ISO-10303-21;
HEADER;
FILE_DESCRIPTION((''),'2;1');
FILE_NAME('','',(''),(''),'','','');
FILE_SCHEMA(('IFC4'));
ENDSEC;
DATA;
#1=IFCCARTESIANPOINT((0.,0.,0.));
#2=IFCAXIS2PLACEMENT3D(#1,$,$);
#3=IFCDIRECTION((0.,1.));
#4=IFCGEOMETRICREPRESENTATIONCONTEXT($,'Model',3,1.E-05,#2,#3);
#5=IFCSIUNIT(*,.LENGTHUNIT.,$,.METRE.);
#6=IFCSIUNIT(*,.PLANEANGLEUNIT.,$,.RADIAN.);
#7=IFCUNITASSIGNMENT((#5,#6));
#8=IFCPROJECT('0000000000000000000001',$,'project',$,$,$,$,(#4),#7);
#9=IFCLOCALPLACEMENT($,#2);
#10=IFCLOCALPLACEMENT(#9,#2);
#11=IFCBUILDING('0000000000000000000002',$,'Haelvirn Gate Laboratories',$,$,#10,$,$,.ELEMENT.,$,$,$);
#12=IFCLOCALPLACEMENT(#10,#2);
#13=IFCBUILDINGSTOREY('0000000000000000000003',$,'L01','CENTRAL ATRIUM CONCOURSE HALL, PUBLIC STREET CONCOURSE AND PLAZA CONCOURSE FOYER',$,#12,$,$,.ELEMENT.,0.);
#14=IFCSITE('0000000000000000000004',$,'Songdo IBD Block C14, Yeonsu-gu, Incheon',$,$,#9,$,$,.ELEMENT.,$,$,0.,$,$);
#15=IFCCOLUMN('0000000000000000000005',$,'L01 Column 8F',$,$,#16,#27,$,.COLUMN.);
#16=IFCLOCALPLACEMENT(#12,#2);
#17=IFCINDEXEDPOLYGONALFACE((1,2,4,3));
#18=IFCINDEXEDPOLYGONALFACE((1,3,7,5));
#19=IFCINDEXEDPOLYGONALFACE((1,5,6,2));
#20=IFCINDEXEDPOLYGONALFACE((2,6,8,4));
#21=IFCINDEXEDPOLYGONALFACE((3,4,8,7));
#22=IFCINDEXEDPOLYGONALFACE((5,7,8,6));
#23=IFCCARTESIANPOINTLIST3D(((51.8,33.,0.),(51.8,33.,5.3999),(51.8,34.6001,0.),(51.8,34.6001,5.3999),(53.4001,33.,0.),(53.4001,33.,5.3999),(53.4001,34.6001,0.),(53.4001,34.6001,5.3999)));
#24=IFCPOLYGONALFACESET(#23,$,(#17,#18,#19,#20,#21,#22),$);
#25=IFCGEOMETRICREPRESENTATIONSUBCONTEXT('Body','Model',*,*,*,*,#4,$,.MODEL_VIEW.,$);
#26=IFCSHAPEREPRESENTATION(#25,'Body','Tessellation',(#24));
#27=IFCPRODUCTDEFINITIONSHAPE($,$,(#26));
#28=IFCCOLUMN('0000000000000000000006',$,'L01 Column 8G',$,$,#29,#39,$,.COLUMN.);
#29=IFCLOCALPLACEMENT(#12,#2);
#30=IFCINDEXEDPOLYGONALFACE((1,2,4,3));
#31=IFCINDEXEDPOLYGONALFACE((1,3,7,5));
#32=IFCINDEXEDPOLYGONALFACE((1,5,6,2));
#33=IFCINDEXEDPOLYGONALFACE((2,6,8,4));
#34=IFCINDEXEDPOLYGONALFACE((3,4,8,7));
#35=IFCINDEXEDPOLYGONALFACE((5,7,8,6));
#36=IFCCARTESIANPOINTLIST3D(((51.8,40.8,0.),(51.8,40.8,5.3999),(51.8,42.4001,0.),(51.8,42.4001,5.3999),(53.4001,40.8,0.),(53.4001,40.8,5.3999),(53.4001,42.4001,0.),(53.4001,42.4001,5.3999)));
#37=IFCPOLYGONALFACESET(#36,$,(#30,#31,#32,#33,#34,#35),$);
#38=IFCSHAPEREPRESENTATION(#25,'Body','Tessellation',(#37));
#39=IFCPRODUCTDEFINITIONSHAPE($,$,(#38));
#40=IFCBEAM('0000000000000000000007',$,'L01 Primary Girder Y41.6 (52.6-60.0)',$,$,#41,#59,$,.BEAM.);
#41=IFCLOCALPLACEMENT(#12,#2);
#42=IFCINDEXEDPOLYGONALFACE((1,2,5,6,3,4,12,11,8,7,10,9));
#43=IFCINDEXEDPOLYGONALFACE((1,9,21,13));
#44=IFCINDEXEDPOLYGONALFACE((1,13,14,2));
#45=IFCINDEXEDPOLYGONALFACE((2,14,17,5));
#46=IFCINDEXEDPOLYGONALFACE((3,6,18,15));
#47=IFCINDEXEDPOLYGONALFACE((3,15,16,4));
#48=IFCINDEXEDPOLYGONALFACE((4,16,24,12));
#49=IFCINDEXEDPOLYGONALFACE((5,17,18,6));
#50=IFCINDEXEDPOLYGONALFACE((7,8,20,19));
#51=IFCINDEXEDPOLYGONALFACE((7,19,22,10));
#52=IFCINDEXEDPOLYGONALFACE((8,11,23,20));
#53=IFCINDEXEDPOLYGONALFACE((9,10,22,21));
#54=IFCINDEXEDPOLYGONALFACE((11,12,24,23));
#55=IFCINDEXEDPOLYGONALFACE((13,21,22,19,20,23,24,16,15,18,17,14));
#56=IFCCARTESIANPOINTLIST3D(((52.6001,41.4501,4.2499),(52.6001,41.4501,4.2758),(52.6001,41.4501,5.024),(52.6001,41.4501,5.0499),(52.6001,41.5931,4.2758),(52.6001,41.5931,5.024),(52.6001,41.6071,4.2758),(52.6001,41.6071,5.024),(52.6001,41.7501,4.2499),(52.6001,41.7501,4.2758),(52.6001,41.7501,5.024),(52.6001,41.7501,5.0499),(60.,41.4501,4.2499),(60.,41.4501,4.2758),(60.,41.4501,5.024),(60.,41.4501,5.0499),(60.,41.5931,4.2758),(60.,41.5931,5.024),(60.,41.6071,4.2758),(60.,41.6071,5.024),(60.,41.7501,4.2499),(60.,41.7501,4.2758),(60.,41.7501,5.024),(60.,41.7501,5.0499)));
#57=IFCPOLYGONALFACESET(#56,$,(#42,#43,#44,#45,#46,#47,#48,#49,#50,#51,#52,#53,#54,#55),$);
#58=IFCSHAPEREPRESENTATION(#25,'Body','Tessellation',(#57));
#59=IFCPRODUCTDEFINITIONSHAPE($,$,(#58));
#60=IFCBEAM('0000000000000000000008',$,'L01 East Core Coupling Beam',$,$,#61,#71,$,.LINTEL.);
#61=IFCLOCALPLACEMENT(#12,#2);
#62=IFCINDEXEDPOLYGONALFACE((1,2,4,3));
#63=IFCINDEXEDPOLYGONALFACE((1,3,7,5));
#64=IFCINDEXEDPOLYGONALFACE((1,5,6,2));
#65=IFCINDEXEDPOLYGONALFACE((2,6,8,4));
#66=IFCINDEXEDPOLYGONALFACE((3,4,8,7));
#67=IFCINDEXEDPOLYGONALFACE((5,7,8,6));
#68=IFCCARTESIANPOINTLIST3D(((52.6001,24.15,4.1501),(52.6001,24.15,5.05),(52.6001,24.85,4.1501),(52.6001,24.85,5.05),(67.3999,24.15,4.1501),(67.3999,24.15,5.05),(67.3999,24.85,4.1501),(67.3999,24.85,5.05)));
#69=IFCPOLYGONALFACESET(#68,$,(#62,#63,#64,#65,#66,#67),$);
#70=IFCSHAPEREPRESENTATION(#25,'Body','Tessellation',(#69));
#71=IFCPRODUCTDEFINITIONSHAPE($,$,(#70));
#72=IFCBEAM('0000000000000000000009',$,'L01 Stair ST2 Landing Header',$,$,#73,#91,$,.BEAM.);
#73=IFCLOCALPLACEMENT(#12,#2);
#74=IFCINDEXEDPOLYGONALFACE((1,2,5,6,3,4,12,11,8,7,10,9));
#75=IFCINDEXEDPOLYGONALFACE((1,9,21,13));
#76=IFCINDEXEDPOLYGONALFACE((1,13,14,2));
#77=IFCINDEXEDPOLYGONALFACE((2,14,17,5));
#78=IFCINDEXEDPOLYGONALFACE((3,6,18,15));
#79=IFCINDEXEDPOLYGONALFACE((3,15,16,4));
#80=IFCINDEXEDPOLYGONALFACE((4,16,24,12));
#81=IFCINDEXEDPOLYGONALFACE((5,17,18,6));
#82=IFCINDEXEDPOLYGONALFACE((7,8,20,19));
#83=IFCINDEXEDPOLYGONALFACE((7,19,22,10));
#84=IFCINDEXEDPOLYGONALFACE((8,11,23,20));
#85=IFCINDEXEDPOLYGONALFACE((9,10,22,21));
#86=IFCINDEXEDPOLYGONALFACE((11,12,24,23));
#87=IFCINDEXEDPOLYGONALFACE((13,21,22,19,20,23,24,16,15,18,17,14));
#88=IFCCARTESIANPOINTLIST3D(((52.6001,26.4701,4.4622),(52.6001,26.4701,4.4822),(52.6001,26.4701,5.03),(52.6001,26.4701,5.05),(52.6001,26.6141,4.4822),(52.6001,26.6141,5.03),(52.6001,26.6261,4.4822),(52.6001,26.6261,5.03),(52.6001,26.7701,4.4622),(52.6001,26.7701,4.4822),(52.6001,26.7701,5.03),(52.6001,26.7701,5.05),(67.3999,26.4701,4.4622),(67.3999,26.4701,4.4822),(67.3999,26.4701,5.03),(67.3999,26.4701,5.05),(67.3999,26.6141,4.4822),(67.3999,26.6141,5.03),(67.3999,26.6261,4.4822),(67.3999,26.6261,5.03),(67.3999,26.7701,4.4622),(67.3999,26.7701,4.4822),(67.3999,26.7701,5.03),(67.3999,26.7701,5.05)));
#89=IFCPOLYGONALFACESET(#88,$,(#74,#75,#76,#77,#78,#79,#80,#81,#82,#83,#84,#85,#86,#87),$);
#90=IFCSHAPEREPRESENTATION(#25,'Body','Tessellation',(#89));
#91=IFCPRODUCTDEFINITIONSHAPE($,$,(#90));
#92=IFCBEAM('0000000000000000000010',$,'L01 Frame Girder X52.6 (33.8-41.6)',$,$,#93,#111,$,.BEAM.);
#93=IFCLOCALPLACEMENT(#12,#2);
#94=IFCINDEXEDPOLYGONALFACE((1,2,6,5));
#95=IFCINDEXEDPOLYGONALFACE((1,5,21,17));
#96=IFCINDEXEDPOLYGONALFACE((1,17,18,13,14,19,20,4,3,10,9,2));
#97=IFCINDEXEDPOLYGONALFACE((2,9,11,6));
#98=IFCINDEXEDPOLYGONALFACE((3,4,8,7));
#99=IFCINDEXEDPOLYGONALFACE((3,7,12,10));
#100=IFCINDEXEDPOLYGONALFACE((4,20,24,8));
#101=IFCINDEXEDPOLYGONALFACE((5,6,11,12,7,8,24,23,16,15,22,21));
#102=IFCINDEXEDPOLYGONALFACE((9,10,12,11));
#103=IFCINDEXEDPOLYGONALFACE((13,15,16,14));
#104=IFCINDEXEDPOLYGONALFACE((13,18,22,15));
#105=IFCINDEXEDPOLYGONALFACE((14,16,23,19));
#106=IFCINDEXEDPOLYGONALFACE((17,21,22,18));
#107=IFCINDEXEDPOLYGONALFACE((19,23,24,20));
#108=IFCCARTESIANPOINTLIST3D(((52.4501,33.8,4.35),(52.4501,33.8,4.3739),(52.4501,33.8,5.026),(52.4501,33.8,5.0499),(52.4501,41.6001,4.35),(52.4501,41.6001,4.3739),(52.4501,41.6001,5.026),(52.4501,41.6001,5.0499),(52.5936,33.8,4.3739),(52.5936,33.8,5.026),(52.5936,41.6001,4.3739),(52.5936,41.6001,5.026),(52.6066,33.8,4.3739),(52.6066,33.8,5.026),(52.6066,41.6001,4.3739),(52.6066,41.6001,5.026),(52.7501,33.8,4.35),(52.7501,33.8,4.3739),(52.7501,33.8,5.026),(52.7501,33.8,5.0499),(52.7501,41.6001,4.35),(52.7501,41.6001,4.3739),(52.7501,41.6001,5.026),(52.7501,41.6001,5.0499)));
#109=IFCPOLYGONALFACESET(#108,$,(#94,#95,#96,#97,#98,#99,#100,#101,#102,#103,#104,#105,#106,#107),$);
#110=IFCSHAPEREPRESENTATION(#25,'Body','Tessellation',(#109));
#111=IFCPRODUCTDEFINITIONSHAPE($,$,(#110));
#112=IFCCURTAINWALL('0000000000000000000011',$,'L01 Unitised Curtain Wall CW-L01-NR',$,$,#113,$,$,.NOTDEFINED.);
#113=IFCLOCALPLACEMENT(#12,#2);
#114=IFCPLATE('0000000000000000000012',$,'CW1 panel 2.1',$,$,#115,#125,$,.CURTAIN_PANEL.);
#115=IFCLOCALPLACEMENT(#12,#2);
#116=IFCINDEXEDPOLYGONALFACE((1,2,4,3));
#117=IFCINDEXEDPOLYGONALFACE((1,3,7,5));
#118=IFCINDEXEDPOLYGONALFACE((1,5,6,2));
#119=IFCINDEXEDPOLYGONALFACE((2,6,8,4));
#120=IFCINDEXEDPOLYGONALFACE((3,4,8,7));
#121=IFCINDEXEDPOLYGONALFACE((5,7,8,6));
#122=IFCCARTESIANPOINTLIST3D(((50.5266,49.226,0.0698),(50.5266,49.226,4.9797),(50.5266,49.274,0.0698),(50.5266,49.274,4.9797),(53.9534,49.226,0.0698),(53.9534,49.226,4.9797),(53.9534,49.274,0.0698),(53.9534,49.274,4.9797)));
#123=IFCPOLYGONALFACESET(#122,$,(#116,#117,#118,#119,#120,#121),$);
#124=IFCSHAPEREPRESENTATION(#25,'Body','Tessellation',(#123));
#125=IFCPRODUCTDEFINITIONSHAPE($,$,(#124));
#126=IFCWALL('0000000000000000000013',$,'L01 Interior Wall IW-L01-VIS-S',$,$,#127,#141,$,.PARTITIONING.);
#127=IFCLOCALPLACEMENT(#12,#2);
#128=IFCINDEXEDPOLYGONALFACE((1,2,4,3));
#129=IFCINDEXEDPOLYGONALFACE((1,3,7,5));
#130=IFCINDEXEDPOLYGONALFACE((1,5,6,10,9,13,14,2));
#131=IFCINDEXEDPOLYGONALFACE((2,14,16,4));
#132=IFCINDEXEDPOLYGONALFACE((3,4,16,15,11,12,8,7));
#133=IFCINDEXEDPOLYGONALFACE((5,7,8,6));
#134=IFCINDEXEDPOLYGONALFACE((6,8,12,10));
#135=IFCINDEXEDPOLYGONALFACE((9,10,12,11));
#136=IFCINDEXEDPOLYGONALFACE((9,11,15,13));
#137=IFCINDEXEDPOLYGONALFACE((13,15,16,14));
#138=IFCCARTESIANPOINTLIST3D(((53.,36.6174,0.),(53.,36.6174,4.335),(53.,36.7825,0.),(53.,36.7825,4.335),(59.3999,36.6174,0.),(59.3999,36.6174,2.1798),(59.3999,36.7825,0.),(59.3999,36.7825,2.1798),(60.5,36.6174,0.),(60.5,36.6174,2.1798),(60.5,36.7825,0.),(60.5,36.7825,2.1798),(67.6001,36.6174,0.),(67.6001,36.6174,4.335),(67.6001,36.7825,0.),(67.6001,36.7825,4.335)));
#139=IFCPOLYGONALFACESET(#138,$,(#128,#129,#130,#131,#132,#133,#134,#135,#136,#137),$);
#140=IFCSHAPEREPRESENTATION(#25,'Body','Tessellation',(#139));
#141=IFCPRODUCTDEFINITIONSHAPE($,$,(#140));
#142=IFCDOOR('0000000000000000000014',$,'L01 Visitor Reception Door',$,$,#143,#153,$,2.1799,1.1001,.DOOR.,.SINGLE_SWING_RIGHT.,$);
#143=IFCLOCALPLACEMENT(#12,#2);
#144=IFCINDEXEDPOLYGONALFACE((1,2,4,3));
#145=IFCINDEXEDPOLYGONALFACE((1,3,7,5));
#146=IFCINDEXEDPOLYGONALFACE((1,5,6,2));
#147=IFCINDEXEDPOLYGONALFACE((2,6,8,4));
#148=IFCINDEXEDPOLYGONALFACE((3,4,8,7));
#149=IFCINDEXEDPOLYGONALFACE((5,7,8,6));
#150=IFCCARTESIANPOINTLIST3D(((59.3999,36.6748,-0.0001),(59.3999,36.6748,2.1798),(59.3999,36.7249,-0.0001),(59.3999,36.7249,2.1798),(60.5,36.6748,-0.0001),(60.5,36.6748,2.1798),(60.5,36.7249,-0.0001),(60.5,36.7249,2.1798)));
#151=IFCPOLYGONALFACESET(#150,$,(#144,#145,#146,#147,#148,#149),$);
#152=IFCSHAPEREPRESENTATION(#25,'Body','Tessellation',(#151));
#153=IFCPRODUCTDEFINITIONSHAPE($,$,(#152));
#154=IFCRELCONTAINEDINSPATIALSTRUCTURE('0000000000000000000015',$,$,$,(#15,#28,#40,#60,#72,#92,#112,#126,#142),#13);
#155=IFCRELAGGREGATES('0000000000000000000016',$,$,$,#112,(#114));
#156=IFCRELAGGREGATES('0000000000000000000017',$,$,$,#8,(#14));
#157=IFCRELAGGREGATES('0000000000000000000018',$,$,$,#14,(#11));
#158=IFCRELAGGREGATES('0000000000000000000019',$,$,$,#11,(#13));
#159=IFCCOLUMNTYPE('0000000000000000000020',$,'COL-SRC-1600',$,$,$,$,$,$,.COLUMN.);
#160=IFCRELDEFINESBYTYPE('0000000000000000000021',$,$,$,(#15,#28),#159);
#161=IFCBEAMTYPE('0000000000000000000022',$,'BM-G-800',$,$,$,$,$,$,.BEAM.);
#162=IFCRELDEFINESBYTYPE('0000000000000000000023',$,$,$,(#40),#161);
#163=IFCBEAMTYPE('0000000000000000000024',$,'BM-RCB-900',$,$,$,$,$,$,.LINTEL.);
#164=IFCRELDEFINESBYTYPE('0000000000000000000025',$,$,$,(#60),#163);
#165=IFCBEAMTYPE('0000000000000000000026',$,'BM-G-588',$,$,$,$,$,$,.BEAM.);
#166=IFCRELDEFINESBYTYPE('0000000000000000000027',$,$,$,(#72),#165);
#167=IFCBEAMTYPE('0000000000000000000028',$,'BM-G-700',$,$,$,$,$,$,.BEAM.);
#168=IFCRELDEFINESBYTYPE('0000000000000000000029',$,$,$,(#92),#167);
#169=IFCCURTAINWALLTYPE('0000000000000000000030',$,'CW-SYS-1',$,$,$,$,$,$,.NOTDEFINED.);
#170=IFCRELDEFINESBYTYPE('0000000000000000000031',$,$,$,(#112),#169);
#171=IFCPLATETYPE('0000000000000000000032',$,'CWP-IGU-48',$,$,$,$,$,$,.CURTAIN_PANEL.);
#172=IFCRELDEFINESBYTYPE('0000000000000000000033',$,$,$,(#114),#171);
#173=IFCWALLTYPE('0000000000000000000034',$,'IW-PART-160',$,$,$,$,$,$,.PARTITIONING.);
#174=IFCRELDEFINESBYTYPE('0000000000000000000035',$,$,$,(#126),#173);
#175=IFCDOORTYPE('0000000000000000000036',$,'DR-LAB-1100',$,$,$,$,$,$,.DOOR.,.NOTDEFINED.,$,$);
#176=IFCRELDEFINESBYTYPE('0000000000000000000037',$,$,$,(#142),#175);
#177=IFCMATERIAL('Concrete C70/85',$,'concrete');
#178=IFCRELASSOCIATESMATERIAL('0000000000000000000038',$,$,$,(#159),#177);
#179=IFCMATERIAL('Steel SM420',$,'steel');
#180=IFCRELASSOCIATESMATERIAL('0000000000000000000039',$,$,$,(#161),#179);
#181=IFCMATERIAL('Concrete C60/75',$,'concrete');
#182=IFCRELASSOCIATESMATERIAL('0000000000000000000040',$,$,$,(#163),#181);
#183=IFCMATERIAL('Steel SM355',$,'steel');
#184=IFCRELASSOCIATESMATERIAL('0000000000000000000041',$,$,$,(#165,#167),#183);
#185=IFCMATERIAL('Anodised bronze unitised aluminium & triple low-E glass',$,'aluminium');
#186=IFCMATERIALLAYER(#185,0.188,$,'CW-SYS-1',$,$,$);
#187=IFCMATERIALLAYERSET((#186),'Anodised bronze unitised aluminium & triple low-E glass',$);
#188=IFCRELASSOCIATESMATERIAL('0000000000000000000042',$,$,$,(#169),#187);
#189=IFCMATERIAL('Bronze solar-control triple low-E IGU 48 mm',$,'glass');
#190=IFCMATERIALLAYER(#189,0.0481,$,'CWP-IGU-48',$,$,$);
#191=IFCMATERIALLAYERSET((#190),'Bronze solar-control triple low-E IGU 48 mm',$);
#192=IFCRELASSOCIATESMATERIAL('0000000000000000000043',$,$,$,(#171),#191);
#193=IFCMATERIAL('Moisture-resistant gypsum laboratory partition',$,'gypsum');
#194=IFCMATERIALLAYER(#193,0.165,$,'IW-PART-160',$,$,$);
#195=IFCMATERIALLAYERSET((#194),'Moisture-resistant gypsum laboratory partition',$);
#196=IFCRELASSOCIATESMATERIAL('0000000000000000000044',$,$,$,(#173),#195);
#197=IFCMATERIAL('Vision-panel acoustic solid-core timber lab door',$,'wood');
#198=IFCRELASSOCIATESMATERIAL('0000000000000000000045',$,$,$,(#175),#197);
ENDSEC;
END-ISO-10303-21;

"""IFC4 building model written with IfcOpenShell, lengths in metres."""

from ifc_helpers import new_model, si_unit, direction, frame, frame_2d, origin, origin_2d, place, context, subcontext, project, spatial, rectangle, i_section, extrude, source, transform, mapped, material, layer, layer_set, material_profile, profile_set, type_object, type_shapes, element, fill, aggregate, save


model = new_model("IFC4")

# Units and contexts
model_context = context("Model", 3, precision=1e-05, world=origin(), true_north=direction((0.0, 1.0)))
body_context = subcontext(model_context, "Body", "Model", "MODEL_VIEW")
ifc_project = project(units=[si_unit("LENGTHUNIT", "METRE"), si_unit("PLANEANGLEUNIT", "RADIAN")], contexts=[model_context])

# Site, building, storey
site_placement = place(None, origin())
site = spatial("IfcSite", under=ifc_project, at=site_placement, Name="Songdo IBD Block C14, Yeonsu-gu, Incheon", CompositionType="ELEMENT", RefElevation=0.0)
building_placement = place(site_placement, origin())
building = spatial("IfcBuilding", under=site, at=building_placement, Name="Haelvirn Gate Laboratories", CompositionType="ELEMENT")
storey_placement = place(building_placement, origin())
storey = spatial("IfcBuildingStorey", under=building, at=storey_placement, Name="L01", Description="CENTRAL ATRIUM CONCOURSE HALL, PUBLIC STREET CONCOURSE AND PLAZA CONCOURSE FOYER", CompositionType="ELEMENT", Elevation=0.0)

# Columns
ifc_material_1 = material(Name="Concrete C70/85", Category="concrete")
ifc_material_profile_1 = material_profile(ifc_material_1, rectangle(XDim=1.6001, YDim=1.6001, at=origin_2d()), Name="SRC-1600x1600")
ifc_profile_set_1 = profile_set([ifc_material_profile_1], Name="Concrete C70/85")
column_type = type_object("IfcColumnType", Name="COL-SRC-1600", PredefinedType="COLUMN", material=ifc_profile_set_1)
shared_shape_1 = source(origin(), body_context, "Body", "SweptSolid", [
    extrude(rectangle(XDim=1.6001, YDim=1.6001, at=origin_2d()), origin(), (0.0, 0.0, 1.0), 5.3999),
])
type_shapes(column_type, [shared_shape_1])
for number, where, z_axis, x_axis, name in (
    (1, (52.6001, 33.8, 0.0), (0.0, 0.0, 1.0), (1.0, 0.0, 0.0), "L01 Column 8F"),
    (2, (52.6001, 41.6001, 0.0), (0.0, 0.0, 1.0), (1.0, 0.0, 0.0), "L01 Column 8G"),
):
    element("IfcColumn", number, at=place(storey_placement, frame(where, z_axis=z_axis, x_axis=x_axis)), inside=storey, type_object=column_type, Name=name, PredefinedType="COLUMN", context=body_context, shape_type="MappedRepresentation", body=[
        mapped(shared_shape_1, transform((0.0, 0.0, 0.0), scale=1.0)),
    ])

# Beams
ifc_material_2 = material(Name="Steel SM420", Category="steel")
ifc_material_profile_2 = material_profile(ifc_material_2, i_section(OverallWidth=0.3, OverallDepth=0.8, WebThickness=0.0139, FlangeThickness=0.0259, at=origin_2d()), Name="H-800x300x14x26")
ifc_profile_set_2 = profile_set([ifc_material_profile_2], Name="Steel SM420")
beam_type_1 = type_object("IfcBeamType", Name="BM-G-800", PredefinedType="BEAM", material=ifc_profile_set_2)
shared_shape_2 = source(origin(), body_context, "Body", "SweptSolid", [
    extrude(i_section(OverallWidth=0.3, OverallDepth=0.8, WebThickness=0.0139, FlangeThickness=0.0259, at=origin_2d()), origin(), (0.0, 0.0, 1.0), 7.3999),
])
type_shapes(beam_type_1, [shared_shape_2])
beam_1_placement = place(storey_placement, frame((52.6001, 41.6001, 4.6499), z_axis=(1.0, 0.0, 0.0), x_axis=(0.0, 1.0, 0.0)))
element("IfcBeam", 3, at=beam_1_placement, inside=storey, type_object=beam_type_1, Name="L01 Primary Girder Y41.6 (52.6-60.0)", PredefinedType="BEAM", context=body_context, shape_type="MappedRepresentation", body=[
    mapped(shared_shape_2, transform((0.0, 0.0, 0.0), scale=1.0)),
])
ifc_material_3 = material(Name="Concrete C60/75", Category="concrete")
ifc_material_profile_3 = material_profile(ifc_material_3, rectangle(XDim=0.7, YDim=0.8999, at=origin_2d()), Name="RCB-700x900")
ifc_profile_set_3 = profile_set([ifc_material_profile_3], Name="Concrete C60/75")
beam_type_2 = type_object("IfcBeamType", Name="BM-RCB-900", PredefinedType="LINTEL", material=ifc_profile_set_3)
shared_shape_3 = source(origin(), body_context, "Body", "SweptSolid", [
    extrude(rectangle(XDim=0.7, YDim=0.8999, at=origin_2d()), origin(), (0.0, 0.0, 1.0), 14.7998),
])
type_shapes(beam_type_2, [shared_shape_3])
beam_2_placement = place(storey_placement, frame((52.6001, 24.5, 4.6001), z_axis=(1.0, 0.0, 0.0), x_axis=(0.0, 1.0, 0.0)))
element("IfcBeam", 4, at=beam_2_placement, inside=storey, type_object=beam_type_2, Name="L01 East Core Coupling Beam", PredefinedType="LINTEL", context=body_context, shape_type="MappedRepresentation", body=[
    mapped(shared_shape_3, transform((0.0, 0.0, 0.0), scale=1.0)),
])
ifc_material_4 = material(Name="Steel SM355", Category="steel")
ifc_material_profile_4 = material_profile(ifc_material_4, i_section(OverallWidth=0.3, OverallDepth=0.5879, WebThickness=0.012, FlangeThickness=0.02, at=origin_2d()), Name="H-588x300x12x20")
ifc_profile_set_4 = profile_set([ifc_material_profile_4], Name="Steel SM355")
beam_type_3 = type_object("IfcBeamType", Name="BM-G-588", PredefinedType="BEAM", material=ifc_profile_set_4)
shared_shape_4 = source(origin(), body_context, "Body", "SweptSolid", [
    extrude(i_section(OverallWidth=0.3, OverallDepth=0.5879, WebThickness=0.012, FlangeThickness=0.02, at=origin_2d()), origin(), (0.0, 0.0, 1.0), 14.7998),
])
type_shapes(beam_type_3, [shared_shape_4])
beam_3_placement = place(storey_placement, frame((52.6001, 26.6201, 4.7561), z_axis=(1.0, 0.0, 0.0), x_axis=(0.0, 1.0, 0.0)))
element("IfcBeam", 5, at=beam_3_placement, inside=storey, type_object=beam_type_3, Name="L01 Stair ST2 Landing Header", PredefinedType="BEAM", context=body_context, shape_type="MappedRepresentation", body=[
    mapped(shared_shape_4, transform((0.0, 0.0, 0.0), scale=1.0)),
])
ifc_material_profile_5 = material_profile(ifc_material_4, i_section(OverallWidth=0.3, OverallDepth=0.7, WebThickness=0.0129, FlangeThickness=0.0239, at=origin_2d()), Name="H-700x300x13x24")
ifc_profile_set_5 = profile_set([ifc_material_profile_5], Name="Steel SM355")
beam_type_4 = type_object("IfcBeamType", Name="BM-G-700", PredefinedType="BEAM", material=ifc_profile_set_5)
shared_shape_5 = source(origin(), body_context, "Body", "SweptSolid", [
    extrude(i_section(OverallWidth=0.3, OverallDepth=0.7, WebThickness=0.0129, FlangeThickness=0.0239, at=origin_2d()), origin(), (0.0, 0.0, 1.0), 7.8),
])
type_shapes(beam_type_4, [shared_shape_5])
beam_4_placement = place(storey_placement, frame((52.6001, 33.8, 4.7), z_axis=(0.0, 1.0, 0.0), x_axis=(-1.0, 0.0, 0.0)))
element("IfcBeam", 6, at=beam_4_placement, inside=storey, type_object=beam_type_4, Name="L01 Frame Girder X52.6 (33.8-41.6)", PredefinedType="BEAM", context=body_context, shape_type="MappedRepresentation", body=[
    mapped(shared_shape_5, transform((0.0, 0.0, 0.0), scale=1.0)),
])

# Curtain wall, plate
ifc_material_5 = material(Name="Anodised bronze unitised aluminium & triple low-E glass", Category="aluminium")
ifc_layer_1 = layer(ifc_material_5, 0.188, Name="CW-SYS-1")
ifc_layer_set_1 = layer_set([ifc_layer_1], Name="Anodised bronze unitised aluminium & triple low-E glass")
curtain_wall_type = type_object("IfcCurtainWallType", Name="CW-SYS-1", PredefinedType="NOTDEFINED", material=ifc_layer_set_1)
curtain_wall_placement = place(storey_placement, origin())
curtain_wall = element("IfcCurtainWall", 7, at=curtain_wall_placement, inside=storey, type_object=curtain_wall_type, Name="L01 Unitised Curtain Wall CW-L01-NR", PredefinedType="NOTDEFINED")
ifc_material_6 = material(Name="Bronze solar-control triple low-E IGU 48 mm", Category="glass")
ifc_layer_2 = layer(ifc_material_6, 0.0481, Name="CWP-IGU-48")
ifc_layer_set_2 = layer_set([ifc_layer_2], Name="Bronze solar-control triple low-E IGU 48 mm")
plate_type = type_object("IfcPlateType", Name="CWP-IGU-48", PredefinedType="CURTAIN_PANEL", material=ifc_layer_set_2)
shared_shape_6 = source(origin(), body_context, "Body", "SweptSolid", [
    extrude(rectangle(XDim=3.4268, YDim=0.0481, at=origin_2d()), origin(), (0.0, 0.0, 1.0), 4.9099),
])
type_shapes(plate_type, [shared_shape_6])
plate_placement = place(storey_placement, frame((52.24, 49.25, 0.0698), z_axis=(0.0, 0.0, 1.0), x_axis=(1.0, 0.0, 0.0)))
plate = element("IfcPlate", 8, at=plate_placement, type_object=plate_type, Name="CW1 panel 2.1", PredefinedType="CURTAIN_PANEL", context=body_context, shape_type="MappedRepresentation", body=[
    mapped(shared_shape_6, transform((0.0, 0.0, 0.0), scale=1.0)),
])
aggregate(curtain_wall, [plate])

# Wall, opening, door
ifc_material_7 = material(Name="Moisture-resistant gypsum laboratory partition", Category="gypsum")
ifc_layer_3 = layer(ifc_material_7, 0.165, Name="IW-PART-160")
ifc_layer_set_3 = layer_set([ifc_layer_3], Name="Moisture-resistant gypsum laboratory partition")
wall_type_1 = type_object("IfcWallType", Name="IW-PART-160", PredefinedType="PARTITIONING", material=ifc_layer_set_3)
wall_1_placement = place(storey_placement, frame((53.0, 36.7, 0.0), z_axis=(0.0, 0.0, 1.0), x_axis=(1.0, 0.0, 0.0)))
wall_1 = element("IfcWall", 9, at=wall_1_placement, inside=storey, type_object=wall_type_1, Name="L01 Interior Wall IW-L01-VIS-S", PredefinedType="PARTITIONING", context=body_context, shape_type="SweptSolid", body=[
    extrude(rectangle(XDim=14.6001, YDim=0.165, at=frame_2d((7.3, 0.0))), origin(), (0.0, 0.0, 1.0), 4.335),
])
opening_1_placement = place(wall_1_placement, frame((6.3999, 0.0, 0.0)))
opening_1 = element("IfcOpeningElement", 10, at=opening_1_placement, cuts=wall_1, PredefinedType="OPENING", context=body_context, shape_type="SweptSolid", body=[
    extrude(rectangle(XDim=1.1001, YDim=2.1799, at=frame_2d((0.55, 1.0898))), frame((0.0, 0.0925, 0.0), z_axis=(0.0, -1.0, 0.0), x_axis=(1.0, 0.0, 0.0)), (0.0, 0.0, 1.0), 0.1851),
])
ifc_material_8 = material(Name="Vision-panel acoustic solid-core timber lab door", Category="wood")
door_type_1 = type_object("IfcDoorType", Name="DR-LAB-1100", OperationType="NOTDEFINED", PredefinedType="DOOR", material=ifc_material_8)
shared_shape_7 = source(origin(), body_context, "Body", "SweptSolid", [
    extrude(rectangle(XDim=1.1001, YDim=2.1799, at=frame_2d((0.55, 1.0898))), frame((0.0, 0.0249, 0.0), z_axis=(0.0, -1.0, 0.0), x_axis=(1.0, 0.0, 0.0)), (0.0, 0.0, 1.0), 0.05),
])
type_shapes(door_type_1, [shared_shape_7])
door_1_placement = place(opening_1_placement, origin())
door_1 = element("IfcDoor", 11, at=door_1_placement, inside=storey, type_object=door_type_1, Name="L01 Visitor Reception Door", OperationType="SINGLE_SWING_RIGHT", OverallHeight=2.1799, OverallWidth=1.1001, PredefinedType="DOOR", context=body_context, shape_type="MappedRepresentation", body=[
    mapped(shared_shape_7, transform((0.0, 0.0, 0.0), scale=1.0)),
])
fill(opening_1, door_1)

save(model, "model.ifc")
